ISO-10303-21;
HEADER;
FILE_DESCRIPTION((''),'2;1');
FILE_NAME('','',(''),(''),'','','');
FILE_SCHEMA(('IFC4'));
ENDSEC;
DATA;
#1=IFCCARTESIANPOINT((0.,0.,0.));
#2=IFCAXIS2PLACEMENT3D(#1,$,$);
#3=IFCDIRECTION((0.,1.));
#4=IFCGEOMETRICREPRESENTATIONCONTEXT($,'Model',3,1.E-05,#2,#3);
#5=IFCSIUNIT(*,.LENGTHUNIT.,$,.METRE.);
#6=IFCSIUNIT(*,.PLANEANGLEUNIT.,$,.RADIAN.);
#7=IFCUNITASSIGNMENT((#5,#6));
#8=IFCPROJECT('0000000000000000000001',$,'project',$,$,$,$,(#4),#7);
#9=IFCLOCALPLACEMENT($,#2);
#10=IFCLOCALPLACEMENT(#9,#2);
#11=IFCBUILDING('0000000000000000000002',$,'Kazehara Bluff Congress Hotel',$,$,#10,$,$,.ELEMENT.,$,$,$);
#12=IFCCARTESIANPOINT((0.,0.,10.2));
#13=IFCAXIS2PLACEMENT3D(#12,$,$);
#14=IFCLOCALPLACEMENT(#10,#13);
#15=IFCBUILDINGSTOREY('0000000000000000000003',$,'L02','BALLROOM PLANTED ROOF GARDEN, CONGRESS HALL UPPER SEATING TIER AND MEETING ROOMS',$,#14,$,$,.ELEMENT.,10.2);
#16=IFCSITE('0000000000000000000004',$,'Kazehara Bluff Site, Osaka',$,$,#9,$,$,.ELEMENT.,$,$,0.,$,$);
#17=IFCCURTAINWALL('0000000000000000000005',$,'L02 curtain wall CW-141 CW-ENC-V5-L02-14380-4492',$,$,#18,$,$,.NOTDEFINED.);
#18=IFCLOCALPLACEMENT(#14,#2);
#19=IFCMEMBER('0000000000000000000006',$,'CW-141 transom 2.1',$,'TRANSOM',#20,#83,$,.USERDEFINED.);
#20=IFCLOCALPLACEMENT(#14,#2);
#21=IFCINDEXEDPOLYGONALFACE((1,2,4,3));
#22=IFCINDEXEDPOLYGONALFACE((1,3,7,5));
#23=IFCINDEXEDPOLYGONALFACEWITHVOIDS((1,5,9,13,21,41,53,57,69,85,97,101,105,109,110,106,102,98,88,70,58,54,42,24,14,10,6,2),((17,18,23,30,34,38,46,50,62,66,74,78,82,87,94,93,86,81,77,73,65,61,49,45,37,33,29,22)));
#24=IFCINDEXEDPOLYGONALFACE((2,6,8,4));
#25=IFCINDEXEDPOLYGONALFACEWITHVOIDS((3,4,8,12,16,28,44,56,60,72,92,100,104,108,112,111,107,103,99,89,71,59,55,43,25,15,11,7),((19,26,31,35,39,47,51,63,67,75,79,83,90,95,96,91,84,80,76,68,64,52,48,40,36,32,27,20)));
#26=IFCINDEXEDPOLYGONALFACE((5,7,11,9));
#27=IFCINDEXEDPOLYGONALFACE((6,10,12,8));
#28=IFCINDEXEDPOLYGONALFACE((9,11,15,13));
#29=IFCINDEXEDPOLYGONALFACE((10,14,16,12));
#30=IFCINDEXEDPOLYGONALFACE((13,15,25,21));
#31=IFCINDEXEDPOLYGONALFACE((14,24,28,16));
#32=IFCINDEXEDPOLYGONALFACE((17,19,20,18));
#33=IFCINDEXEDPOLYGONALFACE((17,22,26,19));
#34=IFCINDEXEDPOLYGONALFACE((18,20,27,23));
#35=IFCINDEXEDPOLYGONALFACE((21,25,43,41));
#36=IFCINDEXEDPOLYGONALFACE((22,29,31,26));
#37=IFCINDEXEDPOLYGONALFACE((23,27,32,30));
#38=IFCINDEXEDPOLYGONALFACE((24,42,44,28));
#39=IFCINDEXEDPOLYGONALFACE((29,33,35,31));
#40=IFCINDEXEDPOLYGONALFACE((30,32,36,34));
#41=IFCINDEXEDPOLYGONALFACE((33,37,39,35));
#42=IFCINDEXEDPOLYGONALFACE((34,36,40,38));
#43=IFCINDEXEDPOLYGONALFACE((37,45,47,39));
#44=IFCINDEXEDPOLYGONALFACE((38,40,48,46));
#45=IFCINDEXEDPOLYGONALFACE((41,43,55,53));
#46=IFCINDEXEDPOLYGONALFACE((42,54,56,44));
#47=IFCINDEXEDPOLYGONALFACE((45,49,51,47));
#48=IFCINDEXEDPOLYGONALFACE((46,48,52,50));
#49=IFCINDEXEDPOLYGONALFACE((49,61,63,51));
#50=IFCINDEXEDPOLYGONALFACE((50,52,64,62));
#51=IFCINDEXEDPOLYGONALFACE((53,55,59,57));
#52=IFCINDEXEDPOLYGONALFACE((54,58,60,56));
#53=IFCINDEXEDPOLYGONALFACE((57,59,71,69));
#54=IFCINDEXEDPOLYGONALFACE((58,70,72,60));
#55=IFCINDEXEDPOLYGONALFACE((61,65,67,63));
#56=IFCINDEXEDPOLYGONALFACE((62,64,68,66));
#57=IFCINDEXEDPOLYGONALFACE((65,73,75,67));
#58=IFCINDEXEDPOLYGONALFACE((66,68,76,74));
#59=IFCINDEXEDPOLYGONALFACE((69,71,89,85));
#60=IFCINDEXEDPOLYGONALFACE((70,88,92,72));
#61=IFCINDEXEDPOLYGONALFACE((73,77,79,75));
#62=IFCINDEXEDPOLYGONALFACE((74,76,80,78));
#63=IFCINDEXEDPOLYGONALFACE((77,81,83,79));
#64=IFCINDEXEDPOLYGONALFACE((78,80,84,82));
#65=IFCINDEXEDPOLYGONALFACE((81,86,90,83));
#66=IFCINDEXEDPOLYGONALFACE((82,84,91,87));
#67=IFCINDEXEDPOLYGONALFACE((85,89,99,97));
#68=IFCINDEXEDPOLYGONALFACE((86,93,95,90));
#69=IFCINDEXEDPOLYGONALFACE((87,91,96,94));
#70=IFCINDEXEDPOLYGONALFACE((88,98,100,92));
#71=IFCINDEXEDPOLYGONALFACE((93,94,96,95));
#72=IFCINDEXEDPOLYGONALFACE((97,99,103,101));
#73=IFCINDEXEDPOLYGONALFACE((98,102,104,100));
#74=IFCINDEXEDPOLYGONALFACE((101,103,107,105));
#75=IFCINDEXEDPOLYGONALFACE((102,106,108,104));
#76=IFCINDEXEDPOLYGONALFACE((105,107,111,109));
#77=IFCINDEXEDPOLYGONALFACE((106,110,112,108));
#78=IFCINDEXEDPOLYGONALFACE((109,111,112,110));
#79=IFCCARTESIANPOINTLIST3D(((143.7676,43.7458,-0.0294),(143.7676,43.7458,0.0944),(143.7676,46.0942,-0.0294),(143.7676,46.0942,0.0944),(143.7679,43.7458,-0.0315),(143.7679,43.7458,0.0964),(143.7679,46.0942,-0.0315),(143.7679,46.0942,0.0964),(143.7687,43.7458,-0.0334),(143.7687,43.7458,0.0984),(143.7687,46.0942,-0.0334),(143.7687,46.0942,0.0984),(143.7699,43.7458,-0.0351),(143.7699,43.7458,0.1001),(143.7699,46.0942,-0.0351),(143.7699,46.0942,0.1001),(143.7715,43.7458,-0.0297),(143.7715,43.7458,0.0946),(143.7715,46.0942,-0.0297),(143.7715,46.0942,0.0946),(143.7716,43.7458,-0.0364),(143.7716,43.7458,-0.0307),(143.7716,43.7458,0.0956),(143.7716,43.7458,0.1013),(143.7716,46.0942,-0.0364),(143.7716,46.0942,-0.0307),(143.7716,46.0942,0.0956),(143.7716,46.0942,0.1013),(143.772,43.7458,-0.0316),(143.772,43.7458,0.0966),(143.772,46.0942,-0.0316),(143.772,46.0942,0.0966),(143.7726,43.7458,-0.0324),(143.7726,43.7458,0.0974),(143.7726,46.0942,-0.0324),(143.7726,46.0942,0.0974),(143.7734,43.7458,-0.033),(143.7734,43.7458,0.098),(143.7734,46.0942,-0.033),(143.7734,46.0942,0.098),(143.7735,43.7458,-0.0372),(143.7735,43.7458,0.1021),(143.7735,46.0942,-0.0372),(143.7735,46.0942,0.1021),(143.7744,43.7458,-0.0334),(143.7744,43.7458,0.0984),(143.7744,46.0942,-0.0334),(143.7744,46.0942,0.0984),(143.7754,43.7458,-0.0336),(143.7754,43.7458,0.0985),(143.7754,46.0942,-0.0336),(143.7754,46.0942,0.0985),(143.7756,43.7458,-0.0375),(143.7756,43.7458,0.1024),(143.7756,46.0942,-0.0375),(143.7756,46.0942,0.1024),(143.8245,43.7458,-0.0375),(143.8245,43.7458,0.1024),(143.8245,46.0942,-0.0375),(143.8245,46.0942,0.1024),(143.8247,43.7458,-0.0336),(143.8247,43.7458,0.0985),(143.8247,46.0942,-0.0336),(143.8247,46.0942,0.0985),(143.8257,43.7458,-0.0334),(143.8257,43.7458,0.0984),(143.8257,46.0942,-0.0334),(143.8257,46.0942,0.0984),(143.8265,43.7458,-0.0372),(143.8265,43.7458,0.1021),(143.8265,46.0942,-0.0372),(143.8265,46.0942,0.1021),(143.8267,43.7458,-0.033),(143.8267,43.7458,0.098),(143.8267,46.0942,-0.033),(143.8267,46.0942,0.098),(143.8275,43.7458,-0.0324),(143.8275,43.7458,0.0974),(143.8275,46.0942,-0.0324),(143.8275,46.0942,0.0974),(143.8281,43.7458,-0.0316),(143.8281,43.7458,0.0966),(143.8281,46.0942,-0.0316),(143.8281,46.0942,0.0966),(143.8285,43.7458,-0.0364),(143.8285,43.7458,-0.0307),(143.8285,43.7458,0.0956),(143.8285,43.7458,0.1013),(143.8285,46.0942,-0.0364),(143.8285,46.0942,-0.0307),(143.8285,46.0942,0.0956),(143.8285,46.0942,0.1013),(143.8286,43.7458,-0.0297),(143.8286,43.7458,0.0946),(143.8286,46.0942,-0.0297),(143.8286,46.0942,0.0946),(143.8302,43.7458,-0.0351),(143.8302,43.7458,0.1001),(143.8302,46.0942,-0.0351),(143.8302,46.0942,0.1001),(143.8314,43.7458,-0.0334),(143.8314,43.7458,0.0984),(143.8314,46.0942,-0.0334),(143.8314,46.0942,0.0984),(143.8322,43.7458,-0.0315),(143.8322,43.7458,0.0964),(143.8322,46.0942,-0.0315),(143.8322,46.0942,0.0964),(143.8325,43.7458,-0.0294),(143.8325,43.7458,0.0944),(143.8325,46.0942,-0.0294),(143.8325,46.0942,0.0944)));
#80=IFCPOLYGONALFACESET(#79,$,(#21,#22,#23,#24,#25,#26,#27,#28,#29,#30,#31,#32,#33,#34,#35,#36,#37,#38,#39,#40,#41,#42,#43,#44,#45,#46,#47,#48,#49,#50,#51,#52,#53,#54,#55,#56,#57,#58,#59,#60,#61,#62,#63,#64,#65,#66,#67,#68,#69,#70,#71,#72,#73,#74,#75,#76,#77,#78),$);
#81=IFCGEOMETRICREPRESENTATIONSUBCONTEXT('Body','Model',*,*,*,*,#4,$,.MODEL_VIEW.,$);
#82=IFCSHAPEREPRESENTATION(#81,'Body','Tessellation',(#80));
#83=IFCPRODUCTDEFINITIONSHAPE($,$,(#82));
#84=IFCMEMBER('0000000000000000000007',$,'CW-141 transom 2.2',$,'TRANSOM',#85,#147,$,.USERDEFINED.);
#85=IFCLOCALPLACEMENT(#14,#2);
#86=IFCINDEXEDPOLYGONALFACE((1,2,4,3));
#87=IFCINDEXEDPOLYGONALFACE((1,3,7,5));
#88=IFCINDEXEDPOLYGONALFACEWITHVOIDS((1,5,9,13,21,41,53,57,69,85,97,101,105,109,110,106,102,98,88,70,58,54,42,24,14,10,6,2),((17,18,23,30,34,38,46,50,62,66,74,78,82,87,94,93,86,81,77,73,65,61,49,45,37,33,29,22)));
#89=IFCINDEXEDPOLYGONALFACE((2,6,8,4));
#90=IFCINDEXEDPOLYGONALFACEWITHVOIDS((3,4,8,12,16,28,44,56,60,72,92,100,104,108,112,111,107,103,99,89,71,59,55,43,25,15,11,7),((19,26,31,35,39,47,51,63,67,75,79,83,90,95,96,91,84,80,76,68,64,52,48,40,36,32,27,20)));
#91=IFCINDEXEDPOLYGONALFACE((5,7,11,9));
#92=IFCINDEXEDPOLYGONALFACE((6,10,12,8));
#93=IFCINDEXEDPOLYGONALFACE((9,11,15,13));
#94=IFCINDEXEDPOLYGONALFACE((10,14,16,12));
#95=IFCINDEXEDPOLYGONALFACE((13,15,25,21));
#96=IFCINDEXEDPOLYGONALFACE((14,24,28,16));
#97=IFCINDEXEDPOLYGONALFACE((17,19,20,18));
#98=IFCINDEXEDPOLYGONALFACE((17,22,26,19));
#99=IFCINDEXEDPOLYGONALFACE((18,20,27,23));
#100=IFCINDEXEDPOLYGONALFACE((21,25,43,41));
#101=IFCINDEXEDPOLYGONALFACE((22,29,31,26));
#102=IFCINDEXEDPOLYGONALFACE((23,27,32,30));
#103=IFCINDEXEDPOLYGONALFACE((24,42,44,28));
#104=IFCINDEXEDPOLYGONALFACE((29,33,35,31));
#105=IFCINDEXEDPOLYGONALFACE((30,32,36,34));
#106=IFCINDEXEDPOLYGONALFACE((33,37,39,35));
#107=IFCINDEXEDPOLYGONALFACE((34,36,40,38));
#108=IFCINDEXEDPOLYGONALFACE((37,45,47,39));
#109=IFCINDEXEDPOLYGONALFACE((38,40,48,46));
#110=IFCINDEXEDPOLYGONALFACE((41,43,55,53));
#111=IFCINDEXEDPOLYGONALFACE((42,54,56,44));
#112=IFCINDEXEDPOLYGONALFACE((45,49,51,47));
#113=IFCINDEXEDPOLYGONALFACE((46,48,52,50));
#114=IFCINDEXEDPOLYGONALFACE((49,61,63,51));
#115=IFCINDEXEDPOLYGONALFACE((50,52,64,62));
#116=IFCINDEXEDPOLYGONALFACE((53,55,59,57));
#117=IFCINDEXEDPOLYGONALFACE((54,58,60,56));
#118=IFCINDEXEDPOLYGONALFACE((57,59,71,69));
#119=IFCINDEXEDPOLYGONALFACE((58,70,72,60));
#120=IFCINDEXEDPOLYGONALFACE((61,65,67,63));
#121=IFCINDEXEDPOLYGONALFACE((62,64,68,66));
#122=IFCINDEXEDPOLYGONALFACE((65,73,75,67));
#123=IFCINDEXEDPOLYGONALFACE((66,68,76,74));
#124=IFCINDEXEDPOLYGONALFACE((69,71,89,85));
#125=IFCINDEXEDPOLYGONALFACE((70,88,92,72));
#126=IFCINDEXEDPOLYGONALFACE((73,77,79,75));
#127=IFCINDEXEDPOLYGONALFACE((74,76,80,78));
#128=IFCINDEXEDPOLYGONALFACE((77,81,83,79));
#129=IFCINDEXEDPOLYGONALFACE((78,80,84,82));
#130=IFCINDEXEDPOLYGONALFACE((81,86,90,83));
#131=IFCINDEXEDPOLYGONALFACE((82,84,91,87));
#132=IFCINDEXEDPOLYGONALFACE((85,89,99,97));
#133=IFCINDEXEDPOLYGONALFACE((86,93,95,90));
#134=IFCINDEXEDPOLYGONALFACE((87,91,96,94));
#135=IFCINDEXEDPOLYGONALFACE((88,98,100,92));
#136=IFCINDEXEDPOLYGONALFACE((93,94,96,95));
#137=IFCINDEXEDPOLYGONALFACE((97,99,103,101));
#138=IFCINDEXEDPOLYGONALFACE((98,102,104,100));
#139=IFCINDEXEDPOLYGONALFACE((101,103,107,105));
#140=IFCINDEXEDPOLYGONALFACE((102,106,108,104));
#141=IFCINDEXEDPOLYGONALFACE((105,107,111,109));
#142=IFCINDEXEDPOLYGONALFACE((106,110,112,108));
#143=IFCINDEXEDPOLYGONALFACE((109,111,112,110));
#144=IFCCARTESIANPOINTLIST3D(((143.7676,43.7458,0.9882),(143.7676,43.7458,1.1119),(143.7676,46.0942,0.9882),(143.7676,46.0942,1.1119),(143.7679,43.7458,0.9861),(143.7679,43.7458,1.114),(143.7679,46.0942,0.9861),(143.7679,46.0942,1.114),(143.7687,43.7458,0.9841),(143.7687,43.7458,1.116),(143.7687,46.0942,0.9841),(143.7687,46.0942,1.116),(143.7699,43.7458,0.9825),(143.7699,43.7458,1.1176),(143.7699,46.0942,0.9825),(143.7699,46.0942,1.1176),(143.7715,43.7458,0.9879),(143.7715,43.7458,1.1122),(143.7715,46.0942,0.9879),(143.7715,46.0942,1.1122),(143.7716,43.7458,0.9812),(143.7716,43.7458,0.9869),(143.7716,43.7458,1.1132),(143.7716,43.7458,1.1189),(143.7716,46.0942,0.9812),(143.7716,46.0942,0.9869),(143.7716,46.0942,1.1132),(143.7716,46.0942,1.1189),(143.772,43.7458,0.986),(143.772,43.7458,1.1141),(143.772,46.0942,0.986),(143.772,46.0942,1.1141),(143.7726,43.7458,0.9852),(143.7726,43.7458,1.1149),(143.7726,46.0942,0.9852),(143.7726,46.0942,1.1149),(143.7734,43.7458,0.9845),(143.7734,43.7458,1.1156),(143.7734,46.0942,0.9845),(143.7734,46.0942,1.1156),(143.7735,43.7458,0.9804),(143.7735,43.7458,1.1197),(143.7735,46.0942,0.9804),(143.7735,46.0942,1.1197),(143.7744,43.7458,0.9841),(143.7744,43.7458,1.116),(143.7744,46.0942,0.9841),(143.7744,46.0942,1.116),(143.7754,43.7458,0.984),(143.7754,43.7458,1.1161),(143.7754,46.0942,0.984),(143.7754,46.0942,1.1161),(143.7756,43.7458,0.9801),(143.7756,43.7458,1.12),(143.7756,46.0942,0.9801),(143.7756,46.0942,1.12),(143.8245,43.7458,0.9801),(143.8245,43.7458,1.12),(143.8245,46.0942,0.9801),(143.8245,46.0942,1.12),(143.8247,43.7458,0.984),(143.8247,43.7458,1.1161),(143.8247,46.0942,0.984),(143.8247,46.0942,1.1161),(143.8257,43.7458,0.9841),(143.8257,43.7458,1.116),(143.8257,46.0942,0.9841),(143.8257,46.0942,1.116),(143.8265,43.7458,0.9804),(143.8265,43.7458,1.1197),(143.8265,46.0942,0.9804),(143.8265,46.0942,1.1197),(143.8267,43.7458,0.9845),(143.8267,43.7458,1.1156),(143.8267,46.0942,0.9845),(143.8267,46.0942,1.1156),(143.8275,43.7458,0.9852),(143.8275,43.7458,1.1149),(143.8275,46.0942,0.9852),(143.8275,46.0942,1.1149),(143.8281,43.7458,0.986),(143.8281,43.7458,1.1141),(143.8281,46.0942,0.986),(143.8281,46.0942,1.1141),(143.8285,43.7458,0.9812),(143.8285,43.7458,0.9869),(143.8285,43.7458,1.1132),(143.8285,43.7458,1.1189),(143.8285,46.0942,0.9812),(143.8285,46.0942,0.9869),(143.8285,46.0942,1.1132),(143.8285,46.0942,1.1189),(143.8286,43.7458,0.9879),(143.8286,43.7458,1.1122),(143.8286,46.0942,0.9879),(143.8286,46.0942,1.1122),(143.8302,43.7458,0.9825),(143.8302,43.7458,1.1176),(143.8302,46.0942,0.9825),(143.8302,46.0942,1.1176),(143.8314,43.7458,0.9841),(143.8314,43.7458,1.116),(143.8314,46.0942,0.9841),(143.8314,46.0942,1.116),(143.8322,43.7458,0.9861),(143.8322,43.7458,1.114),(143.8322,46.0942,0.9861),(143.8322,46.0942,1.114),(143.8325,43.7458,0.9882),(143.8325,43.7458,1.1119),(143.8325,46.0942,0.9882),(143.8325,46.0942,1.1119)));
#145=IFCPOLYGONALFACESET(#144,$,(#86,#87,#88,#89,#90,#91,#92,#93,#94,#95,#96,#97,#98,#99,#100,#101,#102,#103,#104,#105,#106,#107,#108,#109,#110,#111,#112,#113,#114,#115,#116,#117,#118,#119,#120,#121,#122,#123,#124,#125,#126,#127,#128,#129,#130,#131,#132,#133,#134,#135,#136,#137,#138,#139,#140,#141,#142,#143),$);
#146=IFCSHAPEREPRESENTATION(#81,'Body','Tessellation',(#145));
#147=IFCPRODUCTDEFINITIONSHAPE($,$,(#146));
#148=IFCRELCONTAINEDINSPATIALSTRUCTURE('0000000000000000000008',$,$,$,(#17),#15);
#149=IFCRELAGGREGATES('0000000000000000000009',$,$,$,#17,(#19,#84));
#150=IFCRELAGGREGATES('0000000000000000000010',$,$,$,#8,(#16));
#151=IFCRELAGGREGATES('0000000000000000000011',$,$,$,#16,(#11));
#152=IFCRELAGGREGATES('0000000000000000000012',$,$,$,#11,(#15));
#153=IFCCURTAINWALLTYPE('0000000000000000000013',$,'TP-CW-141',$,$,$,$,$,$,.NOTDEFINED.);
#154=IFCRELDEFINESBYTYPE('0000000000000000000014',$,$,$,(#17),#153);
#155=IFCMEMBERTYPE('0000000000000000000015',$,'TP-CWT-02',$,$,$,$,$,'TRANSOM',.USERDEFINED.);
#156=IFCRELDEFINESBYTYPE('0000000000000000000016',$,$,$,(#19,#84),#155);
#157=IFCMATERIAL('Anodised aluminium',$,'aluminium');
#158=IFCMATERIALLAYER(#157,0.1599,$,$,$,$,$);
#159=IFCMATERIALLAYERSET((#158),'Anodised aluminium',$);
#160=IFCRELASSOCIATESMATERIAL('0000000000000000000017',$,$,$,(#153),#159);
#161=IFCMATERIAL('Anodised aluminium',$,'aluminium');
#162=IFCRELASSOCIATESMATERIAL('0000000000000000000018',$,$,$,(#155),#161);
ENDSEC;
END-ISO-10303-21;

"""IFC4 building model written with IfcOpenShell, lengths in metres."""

from ifc_helpers import new_model, si_unit, direction, frame, origin, origin_2d, place, context, subcontext, project, spatial, hollow_rectangle, extrude, material, layer, layer_set, material_profile, profile_set, type_object, element, aggregate, save


model = new_model("IFC4")

# Units and contexts
model_context = context("Model", 3, precision=1e-05, world=origin(), true_north=direction((0.0, 1.0)))
body_context = subcontext(model_context, "Body", "Model", "MODEL_VIEW")
ifc_project = project(units=[si_unit("LENGTHUNIT", "METRE"), si_unit("PLANEANGLEUNIT", "RADIAN")], contexts=[model_context])

# Site, building, storey
site_placement = place(None, origin())
site = spatial("IfcSite", under=ifc_project, at=site_placement, Name="Kazehara Bluff Site, Osaka", CompositionType="ELEMENT", RefElevation=0.0)
building_placement = place(site_placement, origin())
building = spatial("IfcBuilding", under=site, at=building_placement, Name="Kazehara Bluff Congress Hotel", CompositionType="ELEMENT")
storey_placement = place(building_placement, frame((0.0, 0.0, 10.2)))
storey = spatial("IfcBuildingStorey", under=building, at=storey_placement, Name="L02", Description="BALLROOM PLANTED ROOF GARDEN, CONGRESS HALL UPPER SEATING TIER AND MEETING ROOMS", CompositionType="ELEMENT", Elevation=10.2)

# Curtain wall, members
ifc_material_1 = material(Name="Anodised aluminium", Category="aluminium")
ifc_layer_1 = layer(ifc_material_1, 0.1599)
ifc_layer_set_1 = layer_set([ifc_layer_1], Name="Anodised aluminium")
curtain_wall_type = type_object("IfcCurtainWallType", Name="TP-CW-141", PredefinedType="NOTDEFINED", material=ifc_layer_set_1)
curtain_wall_placement = place(storey_placement, origin())
curtain_wall = element("IfcCurtainWall", 1, at=curtain_wall_placement, inside=storey, type_object=curtain_wall_type, Name="L02 curtain wall CW-141 CW-ENC-V5-L02-14380-4492", PredefinedType="NOTDEFINED")
ifc_material_2 = material(Name="Anodised aluminium", Category="aluminium")
ifc_material_profile_1 = material_profile(ifc_material_2, hollow_rectangle(XDim=0.0649, YDim=0.1399, WallThickness=0.0039, InnerFilletRadius=0.0039, OuterFilletRadius=0.0081, at=origin_2d()))
ifc_profile_set_1 = profile_set([ifc_material_profile_1], Name="Anodised aluminium")
member_type_1 = type_object("IfcMemberType", Name="TP-CWT-02", ElementType="TRANSOM", PredefinedType="USERDEFINED", material=ifc_profile_set_1)
member_1_placement = place(storey_placement, frame((143.8, 43.7458, 0.0325), z_axis=(0.0, 1.0, 0.0), x_axis=(-1.0, 0.0, 0.0)))
member_1 = element("IfcMember", 2, at=member_1_placement, type_object=member_type_1, Name="CW-141 transom 2.1", ObjectType="TRANSOM", PredefinedType="USERDEFINED", context=body_context, shape_type="SweptSolid", body=[
    extrude(hollow_rectangle(XDim=0.0649, YDim=0.1399, WallThickness=0.0039, InnerFilletRadius=0.0039, OuterFilletRadius=0.0081, at=origin_2d()), origin(), (0.0, 0.0, 1.0), 2.3484),
])
member_2_placement = place(storey_placement, frame((143.8, 43.7458, 1.05), z_axis=(0.0, 1.0, 0.0), x_axis=(-1.0, 0.0, 0.0)))
member_2 = element("IfcMember", 3, at=member_2_placement, type_object=member_type_1, Name="CW-141 transom 2.2", ObjectType="TRANSOM", PredefinedType="USERDEFINED", context=body_context, shape_type="SweptSolid", body=[
    extrude(hollow_rectangle(XDim=0.0649, YDim=0.1399, WallThickness=0.0039, InnerFilletRadius=0.0039, OuterFilletRadius=0.0081, at=origin_2d()), origin(), (0.0, 0.0, 1.0), 2.3484),
])

aggregate(curtain_wall, [member_1, member_2])

save(model, "model.ifc")
